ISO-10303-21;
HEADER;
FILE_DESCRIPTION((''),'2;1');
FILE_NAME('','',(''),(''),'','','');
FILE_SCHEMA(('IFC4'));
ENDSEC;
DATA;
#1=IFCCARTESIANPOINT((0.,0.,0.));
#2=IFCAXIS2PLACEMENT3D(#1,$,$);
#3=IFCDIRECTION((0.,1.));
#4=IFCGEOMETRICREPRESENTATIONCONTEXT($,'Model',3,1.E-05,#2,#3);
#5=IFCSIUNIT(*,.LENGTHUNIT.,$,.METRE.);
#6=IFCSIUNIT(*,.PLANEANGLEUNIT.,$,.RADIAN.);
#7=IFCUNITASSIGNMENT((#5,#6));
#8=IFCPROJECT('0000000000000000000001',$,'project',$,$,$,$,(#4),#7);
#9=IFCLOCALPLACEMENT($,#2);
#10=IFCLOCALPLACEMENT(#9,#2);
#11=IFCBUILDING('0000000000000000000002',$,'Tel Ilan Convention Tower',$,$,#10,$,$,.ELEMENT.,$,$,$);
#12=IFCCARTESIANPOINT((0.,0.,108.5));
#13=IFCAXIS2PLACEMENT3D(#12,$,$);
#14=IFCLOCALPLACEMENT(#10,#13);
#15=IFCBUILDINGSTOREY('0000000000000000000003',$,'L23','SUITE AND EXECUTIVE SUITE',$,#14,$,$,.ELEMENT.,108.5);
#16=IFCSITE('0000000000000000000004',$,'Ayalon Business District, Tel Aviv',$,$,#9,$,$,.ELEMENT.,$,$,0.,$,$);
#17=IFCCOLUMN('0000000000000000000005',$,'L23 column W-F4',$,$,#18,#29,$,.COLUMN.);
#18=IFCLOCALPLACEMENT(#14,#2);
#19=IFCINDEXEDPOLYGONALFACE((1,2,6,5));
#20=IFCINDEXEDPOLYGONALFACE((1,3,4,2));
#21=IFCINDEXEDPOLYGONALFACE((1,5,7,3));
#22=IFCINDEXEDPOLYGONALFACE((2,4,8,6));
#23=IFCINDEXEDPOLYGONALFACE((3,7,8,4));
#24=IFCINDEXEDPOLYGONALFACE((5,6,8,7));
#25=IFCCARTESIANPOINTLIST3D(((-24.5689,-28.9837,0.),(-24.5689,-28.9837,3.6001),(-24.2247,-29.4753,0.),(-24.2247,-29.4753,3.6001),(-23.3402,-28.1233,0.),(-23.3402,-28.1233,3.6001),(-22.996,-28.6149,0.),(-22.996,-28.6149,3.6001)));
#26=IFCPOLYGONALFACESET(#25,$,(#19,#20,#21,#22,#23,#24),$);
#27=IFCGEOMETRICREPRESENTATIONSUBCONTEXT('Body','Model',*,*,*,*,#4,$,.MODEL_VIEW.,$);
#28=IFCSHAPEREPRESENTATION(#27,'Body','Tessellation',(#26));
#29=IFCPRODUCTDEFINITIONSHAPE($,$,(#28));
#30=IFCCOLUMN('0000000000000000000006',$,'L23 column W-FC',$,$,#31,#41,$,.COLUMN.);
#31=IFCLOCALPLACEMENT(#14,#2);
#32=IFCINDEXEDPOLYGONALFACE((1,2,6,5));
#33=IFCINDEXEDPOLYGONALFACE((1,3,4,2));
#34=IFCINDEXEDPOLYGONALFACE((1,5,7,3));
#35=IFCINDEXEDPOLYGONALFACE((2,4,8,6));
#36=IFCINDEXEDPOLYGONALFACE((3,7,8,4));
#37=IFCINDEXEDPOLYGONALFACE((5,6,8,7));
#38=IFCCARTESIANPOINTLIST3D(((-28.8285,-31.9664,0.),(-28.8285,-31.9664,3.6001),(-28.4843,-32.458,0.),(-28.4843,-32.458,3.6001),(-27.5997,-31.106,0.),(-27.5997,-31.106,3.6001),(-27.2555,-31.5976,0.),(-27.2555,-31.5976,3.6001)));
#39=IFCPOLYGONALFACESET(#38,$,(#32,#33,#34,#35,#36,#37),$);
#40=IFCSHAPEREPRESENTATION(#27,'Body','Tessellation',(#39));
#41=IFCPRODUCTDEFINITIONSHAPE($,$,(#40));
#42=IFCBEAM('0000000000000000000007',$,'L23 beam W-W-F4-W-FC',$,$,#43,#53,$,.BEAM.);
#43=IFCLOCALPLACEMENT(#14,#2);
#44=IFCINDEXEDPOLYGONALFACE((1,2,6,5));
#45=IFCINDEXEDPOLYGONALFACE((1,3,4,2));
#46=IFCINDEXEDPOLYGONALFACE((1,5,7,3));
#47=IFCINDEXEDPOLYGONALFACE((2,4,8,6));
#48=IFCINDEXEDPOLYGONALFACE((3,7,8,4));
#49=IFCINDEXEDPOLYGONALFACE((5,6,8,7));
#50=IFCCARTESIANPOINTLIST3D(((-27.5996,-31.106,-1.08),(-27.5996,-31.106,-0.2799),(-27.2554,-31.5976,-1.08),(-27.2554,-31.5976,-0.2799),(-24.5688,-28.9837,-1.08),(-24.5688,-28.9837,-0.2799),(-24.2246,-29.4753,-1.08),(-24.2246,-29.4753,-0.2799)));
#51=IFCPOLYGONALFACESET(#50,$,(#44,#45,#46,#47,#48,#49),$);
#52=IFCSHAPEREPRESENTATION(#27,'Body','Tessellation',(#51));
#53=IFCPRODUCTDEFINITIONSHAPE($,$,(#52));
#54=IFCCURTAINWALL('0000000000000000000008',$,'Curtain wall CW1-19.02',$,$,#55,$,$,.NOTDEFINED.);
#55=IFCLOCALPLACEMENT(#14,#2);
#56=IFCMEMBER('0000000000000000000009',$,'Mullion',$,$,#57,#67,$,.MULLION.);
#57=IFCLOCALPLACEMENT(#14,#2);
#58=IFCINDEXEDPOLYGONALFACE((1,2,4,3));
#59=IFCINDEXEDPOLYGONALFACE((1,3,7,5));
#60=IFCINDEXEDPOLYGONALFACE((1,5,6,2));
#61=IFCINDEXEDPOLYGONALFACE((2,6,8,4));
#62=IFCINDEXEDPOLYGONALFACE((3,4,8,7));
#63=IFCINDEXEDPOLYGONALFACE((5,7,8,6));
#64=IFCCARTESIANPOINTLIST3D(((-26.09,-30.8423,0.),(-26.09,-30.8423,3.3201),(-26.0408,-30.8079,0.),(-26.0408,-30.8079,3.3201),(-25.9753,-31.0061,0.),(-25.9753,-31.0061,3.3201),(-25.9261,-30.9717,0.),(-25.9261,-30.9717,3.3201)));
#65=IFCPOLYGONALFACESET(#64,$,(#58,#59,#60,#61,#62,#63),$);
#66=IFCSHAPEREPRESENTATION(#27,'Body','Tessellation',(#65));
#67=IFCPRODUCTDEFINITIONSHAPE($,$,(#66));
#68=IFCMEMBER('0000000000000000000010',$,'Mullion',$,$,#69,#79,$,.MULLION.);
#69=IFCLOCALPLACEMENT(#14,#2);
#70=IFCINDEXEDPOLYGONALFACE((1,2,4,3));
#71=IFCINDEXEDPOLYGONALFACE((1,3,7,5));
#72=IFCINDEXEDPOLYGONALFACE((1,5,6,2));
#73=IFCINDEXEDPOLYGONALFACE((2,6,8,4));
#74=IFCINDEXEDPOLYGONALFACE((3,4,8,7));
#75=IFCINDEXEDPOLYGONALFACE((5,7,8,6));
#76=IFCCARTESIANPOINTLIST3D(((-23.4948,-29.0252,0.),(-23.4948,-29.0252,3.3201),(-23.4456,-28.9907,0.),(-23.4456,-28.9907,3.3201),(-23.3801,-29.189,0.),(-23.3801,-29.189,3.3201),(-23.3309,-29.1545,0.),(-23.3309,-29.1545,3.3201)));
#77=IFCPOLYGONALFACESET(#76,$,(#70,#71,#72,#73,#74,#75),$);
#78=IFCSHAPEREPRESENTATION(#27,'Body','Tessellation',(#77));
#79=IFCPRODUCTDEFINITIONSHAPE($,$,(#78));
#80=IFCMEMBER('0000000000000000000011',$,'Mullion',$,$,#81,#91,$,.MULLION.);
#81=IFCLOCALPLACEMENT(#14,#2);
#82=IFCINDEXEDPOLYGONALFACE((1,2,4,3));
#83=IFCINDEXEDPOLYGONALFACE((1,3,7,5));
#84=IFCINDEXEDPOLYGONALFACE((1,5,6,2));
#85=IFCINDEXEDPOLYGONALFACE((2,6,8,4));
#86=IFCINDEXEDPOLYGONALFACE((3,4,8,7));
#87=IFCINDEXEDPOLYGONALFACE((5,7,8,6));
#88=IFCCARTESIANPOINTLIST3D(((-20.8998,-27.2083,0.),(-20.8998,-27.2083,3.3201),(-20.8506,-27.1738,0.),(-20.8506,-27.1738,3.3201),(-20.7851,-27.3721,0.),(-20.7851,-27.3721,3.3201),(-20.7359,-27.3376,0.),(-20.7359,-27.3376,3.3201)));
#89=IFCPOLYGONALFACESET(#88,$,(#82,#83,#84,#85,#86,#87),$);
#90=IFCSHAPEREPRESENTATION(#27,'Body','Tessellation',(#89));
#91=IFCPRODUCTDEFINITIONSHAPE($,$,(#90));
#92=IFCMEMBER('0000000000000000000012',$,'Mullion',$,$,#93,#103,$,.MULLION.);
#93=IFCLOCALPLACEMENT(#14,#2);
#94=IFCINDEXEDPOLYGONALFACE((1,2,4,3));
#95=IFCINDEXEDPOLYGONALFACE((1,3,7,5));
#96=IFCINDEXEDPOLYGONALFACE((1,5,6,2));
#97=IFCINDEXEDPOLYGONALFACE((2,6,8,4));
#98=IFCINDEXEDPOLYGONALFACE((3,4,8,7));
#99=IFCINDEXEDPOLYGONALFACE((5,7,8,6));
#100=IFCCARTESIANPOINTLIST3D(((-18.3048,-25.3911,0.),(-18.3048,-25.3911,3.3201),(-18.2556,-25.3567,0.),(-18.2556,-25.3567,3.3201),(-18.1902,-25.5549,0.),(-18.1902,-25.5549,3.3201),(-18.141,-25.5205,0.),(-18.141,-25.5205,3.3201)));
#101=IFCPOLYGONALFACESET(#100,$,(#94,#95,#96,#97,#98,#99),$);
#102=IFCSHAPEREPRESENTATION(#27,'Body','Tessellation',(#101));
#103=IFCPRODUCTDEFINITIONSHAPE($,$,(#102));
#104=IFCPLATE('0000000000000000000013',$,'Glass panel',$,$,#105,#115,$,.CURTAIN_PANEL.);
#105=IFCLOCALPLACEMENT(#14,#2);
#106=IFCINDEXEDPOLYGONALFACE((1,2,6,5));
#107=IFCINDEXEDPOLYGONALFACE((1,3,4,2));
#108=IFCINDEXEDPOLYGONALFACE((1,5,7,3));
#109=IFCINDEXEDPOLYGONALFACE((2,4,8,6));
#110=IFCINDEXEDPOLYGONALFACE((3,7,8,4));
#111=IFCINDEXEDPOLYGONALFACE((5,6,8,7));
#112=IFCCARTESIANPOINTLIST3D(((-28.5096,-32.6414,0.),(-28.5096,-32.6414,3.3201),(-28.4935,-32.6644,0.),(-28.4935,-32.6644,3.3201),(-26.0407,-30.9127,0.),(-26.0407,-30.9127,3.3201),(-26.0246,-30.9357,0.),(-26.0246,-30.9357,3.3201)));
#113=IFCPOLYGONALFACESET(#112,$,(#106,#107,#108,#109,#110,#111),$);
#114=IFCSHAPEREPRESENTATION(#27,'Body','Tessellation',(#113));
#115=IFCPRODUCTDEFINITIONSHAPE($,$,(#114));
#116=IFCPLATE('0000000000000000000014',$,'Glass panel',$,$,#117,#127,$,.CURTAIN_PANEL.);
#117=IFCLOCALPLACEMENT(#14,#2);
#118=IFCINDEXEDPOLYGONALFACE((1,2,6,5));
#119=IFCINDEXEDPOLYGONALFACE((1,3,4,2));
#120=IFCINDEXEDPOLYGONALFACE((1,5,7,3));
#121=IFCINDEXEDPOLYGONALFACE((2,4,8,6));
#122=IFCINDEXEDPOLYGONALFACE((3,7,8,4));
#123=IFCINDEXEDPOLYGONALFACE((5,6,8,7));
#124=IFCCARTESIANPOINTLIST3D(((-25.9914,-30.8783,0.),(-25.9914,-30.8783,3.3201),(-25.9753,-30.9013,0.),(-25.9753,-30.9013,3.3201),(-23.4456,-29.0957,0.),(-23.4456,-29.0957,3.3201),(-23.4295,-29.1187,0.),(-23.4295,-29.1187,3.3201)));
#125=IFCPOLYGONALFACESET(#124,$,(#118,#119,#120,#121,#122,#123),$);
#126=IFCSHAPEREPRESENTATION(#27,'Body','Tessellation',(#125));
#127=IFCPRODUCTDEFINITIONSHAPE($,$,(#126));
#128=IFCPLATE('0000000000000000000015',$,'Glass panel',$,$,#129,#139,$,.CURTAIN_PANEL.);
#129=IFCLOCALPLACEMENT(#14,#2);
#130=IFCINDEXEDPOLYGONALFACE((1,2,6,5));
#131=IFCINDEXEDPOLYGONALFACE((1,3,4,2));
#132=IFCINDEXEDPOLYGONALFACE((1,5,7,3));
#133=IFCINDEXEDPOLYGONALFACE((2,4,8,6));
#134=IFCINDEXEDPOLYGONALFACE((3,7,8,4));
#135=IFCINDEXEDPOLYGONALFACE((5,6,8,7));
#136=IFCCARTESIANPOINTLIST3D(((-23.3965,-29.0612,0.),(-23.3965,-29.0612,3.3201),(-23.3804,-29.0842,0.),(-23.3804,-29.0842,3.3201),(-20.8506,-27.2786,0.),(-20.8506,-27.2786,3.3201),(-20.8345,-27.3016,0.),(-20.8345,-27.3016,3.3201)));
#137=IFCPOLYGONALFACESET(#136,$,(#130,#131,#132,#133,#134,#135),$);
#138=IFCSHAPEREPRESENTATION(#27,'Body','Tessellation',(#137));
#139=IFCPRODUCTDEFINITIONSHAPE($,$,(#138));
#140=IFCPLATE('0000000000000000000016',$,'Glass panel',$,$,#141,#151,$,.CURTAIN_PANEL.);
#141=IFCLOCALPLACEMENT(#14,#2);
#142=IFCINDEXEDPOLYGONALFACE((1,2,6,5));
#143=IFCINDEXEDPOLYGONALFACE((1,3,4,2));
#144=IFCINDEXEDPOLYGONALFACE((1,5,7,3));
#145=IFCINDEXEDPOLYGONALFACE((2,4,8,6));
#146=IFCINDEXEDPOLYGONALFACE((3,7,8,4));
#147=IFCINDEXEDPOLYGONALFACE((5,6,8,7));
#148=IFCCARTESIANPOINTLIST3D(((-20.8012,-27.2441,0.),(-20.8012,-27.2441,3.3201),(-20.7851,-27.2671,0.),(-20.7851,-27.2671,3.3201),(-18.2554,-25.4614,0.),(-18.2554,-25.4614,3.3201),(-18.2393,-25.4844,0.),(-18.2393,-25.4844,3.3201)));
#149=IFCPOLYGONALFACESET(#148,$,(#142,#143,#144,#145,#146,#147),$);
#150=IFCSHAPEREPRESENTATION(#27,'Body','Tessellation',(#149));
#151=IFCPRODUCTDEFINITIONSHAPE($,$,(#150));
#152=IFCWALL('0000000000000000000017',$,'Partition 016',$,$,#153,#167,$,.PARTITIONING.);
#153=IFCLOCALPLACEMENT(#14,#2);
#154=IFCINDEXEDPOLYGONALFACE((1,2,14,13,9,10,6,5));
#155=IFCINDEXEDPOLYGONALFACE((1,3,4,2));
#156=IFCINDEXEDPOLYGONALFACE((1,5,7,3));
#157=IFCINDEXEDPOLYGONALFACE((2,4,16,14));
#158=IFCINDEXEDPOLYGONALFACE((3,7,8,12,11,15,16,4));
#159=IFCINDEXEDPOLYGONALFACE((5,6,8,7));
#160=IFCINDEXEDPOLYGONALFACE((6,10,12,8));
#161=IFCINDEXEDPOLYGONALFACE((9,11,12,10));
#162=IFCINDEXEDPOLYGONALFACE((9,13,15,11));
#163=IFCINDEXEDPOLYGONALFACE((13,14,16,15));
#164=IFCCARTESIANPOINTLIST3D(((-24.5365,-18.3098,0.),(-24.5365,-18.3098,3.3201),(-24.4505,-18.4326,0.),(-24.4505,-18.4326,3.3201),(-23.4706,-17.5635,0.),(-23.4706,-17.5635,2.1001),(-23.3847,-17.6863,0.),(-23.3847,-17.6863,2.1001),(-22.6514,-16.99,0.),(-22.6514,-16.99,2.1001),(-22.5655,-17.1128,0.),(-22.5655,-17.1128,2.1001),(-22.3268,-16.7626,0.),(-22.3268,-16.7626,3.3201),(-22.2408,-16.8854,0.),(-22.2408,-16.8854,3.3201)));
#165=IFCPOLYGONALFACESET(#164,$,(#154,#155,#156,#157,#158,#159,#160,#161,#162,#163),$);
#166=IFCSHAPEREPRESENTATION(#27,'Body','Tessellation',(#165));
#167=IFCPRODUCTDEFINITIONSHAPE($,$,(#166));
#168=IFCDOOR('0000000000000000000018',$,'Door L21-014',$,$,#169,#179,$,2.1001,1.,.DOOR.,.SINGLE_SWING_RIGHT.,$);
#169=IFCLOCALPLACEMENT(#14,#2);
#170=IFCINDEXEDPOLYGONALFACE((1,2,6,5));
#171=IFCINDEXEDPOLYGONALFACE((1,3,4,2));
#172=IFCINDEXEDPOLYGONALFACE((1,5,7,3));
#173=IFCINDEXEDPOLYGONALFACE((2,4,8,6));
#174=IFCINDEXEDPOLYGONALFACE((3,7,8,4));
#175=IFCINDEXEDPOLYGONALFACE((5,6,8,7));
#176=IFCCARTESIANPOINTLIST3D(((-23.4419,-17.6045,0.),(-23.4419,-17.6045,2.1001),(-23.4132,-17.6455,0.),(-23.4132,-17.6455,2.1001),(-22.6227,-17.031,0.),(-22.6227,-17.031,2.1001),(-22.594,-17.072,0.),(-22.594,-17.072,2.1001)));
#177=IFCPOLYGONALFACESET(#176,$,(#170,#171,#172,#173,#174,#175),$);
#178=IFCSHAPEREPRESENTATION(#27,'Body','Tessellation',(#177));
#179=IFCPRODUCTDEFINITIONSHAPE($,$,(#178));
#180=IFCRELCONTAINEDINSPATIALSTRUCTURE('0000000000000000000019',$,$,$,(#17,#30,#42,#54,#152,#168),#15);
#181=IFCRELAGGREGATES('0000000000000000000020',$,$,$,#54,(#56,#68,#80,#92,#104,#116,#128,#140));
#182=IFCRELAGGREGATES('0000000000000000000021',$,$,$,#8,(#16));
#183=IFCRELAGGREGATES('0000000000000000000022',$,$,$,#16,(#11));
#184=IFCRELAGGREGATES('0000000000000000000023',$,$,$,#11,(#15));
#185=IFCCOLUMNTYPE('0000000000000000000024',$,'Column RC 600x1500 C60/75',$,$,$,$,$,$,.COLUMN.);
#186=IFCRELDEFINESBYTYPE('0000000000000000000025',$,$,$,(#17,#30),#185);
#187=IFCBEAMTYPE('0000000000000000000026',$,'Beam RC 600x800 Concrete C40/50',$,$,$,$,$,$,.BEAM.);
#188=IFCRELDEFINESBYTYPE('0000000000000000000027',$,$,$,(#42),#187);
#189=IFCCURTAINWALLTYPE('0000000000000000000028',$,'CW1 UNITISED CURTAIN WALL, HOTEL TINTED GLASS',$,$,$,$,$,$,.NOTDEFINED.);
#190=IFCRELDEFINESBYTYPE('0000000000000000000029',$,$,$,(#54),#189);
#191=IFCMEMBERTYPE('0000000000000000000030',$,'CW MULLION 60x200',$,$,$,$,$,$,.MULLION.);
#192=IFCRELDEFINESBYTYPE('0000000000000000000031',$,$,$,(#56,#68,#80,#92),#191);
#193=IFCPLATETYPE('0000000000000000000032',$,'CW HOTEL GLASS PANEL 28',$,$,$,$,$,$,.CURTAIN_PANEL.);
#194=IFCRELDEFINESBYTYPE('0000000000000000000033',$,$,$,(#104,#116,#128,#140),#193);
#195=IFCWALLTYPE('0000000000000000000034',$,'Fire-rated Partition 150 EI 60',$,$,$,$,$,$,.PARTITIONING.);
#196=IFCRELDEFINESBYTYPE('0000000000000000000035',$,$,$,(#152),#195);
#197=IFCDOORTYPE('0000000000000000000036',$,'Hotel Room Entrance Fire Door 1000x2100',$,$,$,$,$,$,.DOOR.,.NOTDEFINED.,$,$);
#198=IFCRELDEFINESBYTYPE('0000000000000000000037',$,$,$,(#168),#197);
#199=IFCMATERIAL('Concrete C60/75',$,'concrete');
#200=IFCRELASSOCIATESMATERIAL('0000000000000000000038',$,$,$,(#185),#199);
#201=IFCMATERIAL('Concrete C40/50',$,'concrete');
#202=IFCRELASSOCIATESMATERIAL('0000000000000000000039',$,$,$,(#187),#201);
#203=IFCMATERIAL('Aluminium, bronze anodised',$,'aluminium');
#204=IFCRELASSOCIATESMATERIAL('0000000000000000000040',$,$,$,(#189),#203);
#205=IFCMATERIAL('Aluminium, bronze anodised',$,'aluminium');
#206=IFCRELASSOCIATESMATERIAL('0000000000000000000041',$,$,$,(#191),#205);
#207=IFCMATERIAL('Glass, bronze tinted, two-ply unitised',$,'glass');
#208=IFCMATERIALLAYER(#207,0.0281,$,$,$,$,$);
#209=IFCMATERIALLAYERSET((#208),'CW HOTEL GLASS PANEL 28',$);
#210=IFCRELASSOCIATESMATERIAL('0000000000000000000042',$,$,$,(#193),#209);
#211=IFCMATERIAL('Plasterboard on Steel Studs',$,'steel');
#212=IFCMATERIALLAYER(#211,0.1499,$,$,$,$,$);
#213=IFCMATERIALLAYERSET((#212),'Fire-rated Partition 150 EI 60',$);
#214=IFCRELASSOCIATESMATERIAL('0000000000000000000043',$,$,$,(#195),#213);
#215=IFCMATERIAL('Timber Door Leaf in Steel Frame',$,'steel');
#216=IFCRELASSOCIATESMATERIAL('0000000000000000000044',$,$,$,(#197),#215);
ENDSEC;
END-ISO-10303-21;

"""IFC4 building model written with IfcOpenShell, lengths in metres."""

from ifc_helpers import new_model, si_unit, direction, frame, frame_2d, origin, origin_2d, place, context, subcontext, project, spatial, rectangle, extrude, material, layer, layer_set, material_profile, profile_set, type_object, element, fill, aggregate, save


model = new_model("IFC4")

# Units and contexts
model_context = context("Model", 3, precision=1e-05, world=origin(), true_north=direction((0.0, 1.0)))
body_context = subcontext(model_context, "Body", "Model", "MODEL_VIEW")
ifc_project = project(units=[si_unit("LENGTHUNIT", "METRE"), si_unit("PLANEANGLEUNIT", "RADIAN")], contexts=[model_context])

# Site, building, storey
site_placement = place(None, origin())
site = spatial("IfcSite", under=ifc_project, at=site_placement, Name="Ayalon Business District, Tel Aviv", CompositionType="ELEMENT", RefElevation=0.0)
building_placement = place(site_placement, origin())
building = spatial("IfcBuilding", under=site, at=building_placement, Name="Tel Ilan Convention Tower", CompositionType="ELEMENT")
storey_placement = place(building_placement, frame((0.0, 0.0, 108.5)))
storey = spatial("IfcBuildingStorey", under=building, at=storey_placement, Name="L23", Description="SUITE AND EXECUTIVE SUITE", CompositionType="ELEMENT", Elevation=108.5)

# Columns
ifc_material_1 = material(Name="Concrete C60/75", Category="concrete")
ifc_material_profile_1 = material_profile(ifc_material_1, rectangle(XDim=1.5, YDim=0.6001, at=origin_2d()), Name="RC 600x1500")
ifc_profile_set_1 = profile_set([ifc_material_profile_1], Name="Concrete C60/75")
column_type = type_object("IfcColumnType", Name="Column RC 600x1500 C60/75", PredefinedType="COLUMN", material=ifc_profile_set_1)
for number, where, z_axis, x_axis, name in (
    (1, (-23.7825, -28.7993, 0.0), (0.0, 0.0, 1.0), (-0.819152, -0.573576, 0.0), "L23 column W-F4"),
    (2, (-28.042, -31.782, 0.0), (0.0, 0.0, 1.0), (-0.819152, -0.573576, 0.0), "L23 column W-FC"),
):
    element("IfcColumn", number, at=place(storey_placement, frame(where, z_axis=z_axis, x_axis=x_axis)), inside=storey, type_object=column_type, Name=name, PredefinedType="COLUMN", context=body_context, shape_type="SweptSolid", body=[
        extrude(rectangle(XDim=1.5, YDim=0.6001, at=origin_2d()), origin(), (0.0, 0.0, 1.0), 3.6001),
    ])

# Beam
ifc_material_2 = material(Name="Concrete C40/50", Category="concrete")
ifc_material_profile_2 = material_profile(ifc_material_2, rectangle(XDim=0.6001, YDim=0.8, at=origin_2d()), Name="RC 600x800")
ifc_profile_set_2 = profile_set([ifc_material_profile_2], Name="Concrete C40/50")
beam_type = type_object("IfcBeamType", Name="Beam RC 600x800 Concrete C40/50", PredefinedType="BEAM", material=ifc_profile_set_2)
beam_placement = place(storey_placement, frame((-24.3967, -29.2295, -0.6799), z_axis=(-0.819133, -0.573604, 0.0), x_axis=(0.573604, -0.819133, 0.0)))
element("IfcBeam", 3, at=beam_placement, inside=storey, type_object=beam_type, Name="L23 beam W-W-F4-W-FC", PredefinedType="BEAM", context=body_context, shape_type="SweptSolid", body=[
    extrude(rectangle(XDim=0.6001, YDim=0.8, at=origin_2d()), origin(), (0.0, 0.0, 1.0), 3.7),
])

# Curtain wall, members, plates
ifc_material_3 = material(Name="Aluminium, bronze anodised", Category="aluminium")
curtain_wall_type = type_object("IfcCurtainWallType", Name="CW1 UNITISED CURTAIN WALL, HOTEL TINTED GLASS", PredefinedType="NOTDEFINED", material=ifc_material_3)
curtain_wall_placement = place(storey_placement, origin())
curtain_wall = element("IfcCurtainWall", 4, at=curtain_wall_placement, inside=storey, type_object=curtain_wall_type, Name="Curtain wall CW1-19.02", PredefinedType="NOTDEFINED")
ifc_material_4 = material(Name="Aluminium, bronze anodised", Category="aluminium")
ifc_material_profile_3 = material_profile(ifc_material_4, rectangle(XDim=0.0601, YDim=0.2, at=origin_2d()), Name="CW MULLION 60x200")
ifc_profile_set_3 = profile_set([ifc_material_profile_3], Name="Aluminium, bronze anodised")
member_type = type_object("IfcMemberType", Name="CW MULLION 60x200", PredefinedType="MULLION", material=ifc_profile_set_3)
member_1_placement = place(storey_placement, frame((-26.0081, -30.907, 0.0), z_axis=(0.0, 0.0, 1.0), x_axis=(0.819152, 0.573576, 0.0)))
member_1 = element("IfcMember", 5, at=member_1_placement, type_object=member_type, Name="Mullion", PredefinedType="MULLION", context=body_context, shape_type="SweptSolid", body=[
    extrude(rectangle(XDim=0.0601, YDim=0.2, at=origin_2d()), origin(), (0.0, 0.0, 1.0), 3.3201),
])
member_2_placement = place(storey_placement, frame((-23.4128, -29.0898, 0.0), z_axis=(0.0, 0.0, 1.0), x_axis=(0.819152, 0.573576, 0.0)))
member_2 = element("IfcMember", 6, at=member_2_placement, type_object=member_type, Name="Mullion", PredefinedType="MULLION", context=body_context, shape_type="SweptSolid", body=[
    extrude(rectangle(XDim=0.0601, YDim=0.2, at=origin_2d()), origin(), (0.0, 0.0, 1.0), 3.3201),
])
member_3_placement = place(storey_placement, frame((-20.8179, -27.2729, 0.0), z_axis=(0.0, 0.0, 1.0), x_axis=(0.819152, 0.573576, 0.0)))
member_3 = element("IfcMember", 7, at=member_3_placement, type_object=member_type, Name="Mullion", PredefinedType="MULLION", context=body_context, shape_type="SweptSolid", body=[
    extrude(rectangle(XDim=0.0601, YDim=0.2, at=origin_2d()), origin(), (0.0, 0.0, 1.0), 3.3201),
])
member_4_placement = place(storey_placement, frame((-18.2229, -25.4558, 0.0), z_axis=(0.0, 0.0, 1.0), x_axis=(0.819152, 0.573576, 0.0)))
member_4 = element("IfcMember", 8, at=member_4_placement, type_object=member_type, Name="Mullion", PredefinedType="MULLION", context=body_context, shape_type="SweptSolid", body=[
    extrude(rectangle(XDim=0.0601, YDim=0.2, at=origin_2d()), origin(), (0.0, 0.0, 1.0), 3.3201),
])
ifc_material_5 = material(Name="Glass, bronze tinted, two-ply unitised", Category="glass")
ifc_layer_1 = layer(ifc_material_5, 0.0281)
ifc_layer_set_1 = layer_set([ifc_layer_1], Name="CW HOTEL GLASS PANEL 28")
plate_type = type_object("IfcPlateType", Name="CW HOTEL GLASS PANEL 28", PredefinedType="CURTAIN_PANEL", material=ifc_layer_set_1)
plate_1_placement = place(storey_placement, frame((-27.2671, -31.7886, 0.0), z_axis=(0.0, 0.0, 1.0), x_axis=(0.819152, 0.573576, 0.0)))
plate_1 = element("IfcPlate", 9, at=plate_1_placement, type_object=plate_type, Name="Glass panel", PredefinedType="CURTAIN_PANEL", context=body_context, shape_type="SweptSolid", body=[
    extrude(rectangle(XDim=3.0139, YDim=0.0281, at=origin_2d()), origin(), (0.0, 0.0, 1.0), 3.3201),
])
plate_2_placement = place(storey_placement, frame((-24.7104, -29.9985, 0.0), z_axis=(0.0, 0.0, 1.0), x_axis=(0.819152, 0.573576, 0.0)))
plate_2 = element("IfcPlate", 10, at=plate_2_placement, type_object=plate_type, Name="Glass panel", PredefinedType="CURTAIN_PANEL", context=body_context, shape_type="SweptSolid", body=[
    extrude(rectangle(XDim=3.1079, YDim=0.0281, at=origin_2d()), origin(), (0.0, 0.0, 1.0), 3.3201),
])
plate_3_placement = place(storey_placement, frame((-22.1155, -28.1814, 0.0), z_axis=(0.0, 0.0, 1.0), x_axis=(0.819152, 0.573576, 0.0)))
plate_3 = element("IfcPlate", 11, at=plate_3_placement, type_object=plate_type, Name="Glass panel", PredefinedType="CURTAIN_PANEL", context=body_context, shape_type="SweptSolid", body=[
    extrude(rectangle(XDim=3.1079, YDim=0.0281, at=origin_2d()), origin(), (0.0, 0.0, 1.0), 3.3201),
])
plate_4_placement = place(storey_placement, frame((-19.5203, -26.3643, 0.0), z_axis=(0.0, 0.0, 1.0), x_axis=(0.819152, 0.573576, 0.0)))
plate_4 = element("IfcPlate", 12, at=plate_4_placement, type_object=plate_type, Name="Glass panel", PredefinedType="CURTAIN_PANEL", context=body_context, shape_type="SweptSolid", body=[
    extrude(rectangle(XDim=3.1079, YDim=0.0281, at=origin_2d()), origin(), (0.0, 0.0, 1.0), 3.3201),
])
aggregate(curtain_wall, [member_1, member_2, member_3, member_4, plate_1, plate_2, plate_3, plate_4])

# Wall, opening, door
ifc_material_6 = material(Name="Plasterboard on Steel Studs", Category="steel")
ifc_layer_2 = layer(ifc_material_6, 0.1499)
ifc_layer_set_2 = layer_set([ifc_layer_2], Name="Fire-rated Partition 150 EI 60")
wall_type_1 = type_object("IfcWallType", Name="Fire-rated Partition 150 EI 60", PredefinedType="PARTITIONING", material=ifc_layer_set_2)
wall_1_placement = place(storey_placement, frame((-24.4934, -18.3711, 0.0), z_axis=(0.0, 0.0, 1.0), x_axis=(0.819177, 0.573541, 0.0)))
wall_1 = element("IfcWall", 13, at=wall_1_placement, inside=storey, type_object=wall_type_1, Name="Partition 016", PredefinedType="PARTITIONING", context=body_context, shape_type="SweptSolid", body=[
    extrude(rectangle(XDim=2.6975, YDim=0.1499, at=frame_2d((1.3486, 0.0))), origin(), (0.0, 0.0, 1.0), 3.3201),
])
opening_1_placement = place(wall_1_placement, frame((1.301, 0.0, 0.0)))
opening_1 = element("IfcOpeningElement", 14, at=opening_1_placement, cuts=wall_1, PredefinedType="OPENING", context=body_context, shape_type="SweptSolid", body=[
    extrude(rectangle(XDim=1.0, YDim=2.1001, at=frame_2d((0.5, 1.05))), frame((0.0, 0.085, 0.0), z_axis=(0.0, -1.0, 0.0), x_axis=(1.0, 0.0, 0.0)), (0.0, 0.0, 1.0), 0.1699),
])
ifc_material_7 = material(Name="Timber Door Leaf in Steel Frame", Category="steel")
door_type_1 = type_object("IfcDoorType", Name="Hotel Room Entrance Fire Door 1000x2100", OperationType="NOTDEFINED", PredefinedType="DOOR", material=ifc_material_7)
door_1_placement = place(opening_1_placement, origin())
door_1 = element("IfcDoor", 15, at=door_1_placement, inside=storey, type_object=door_type_1, Name="Door L21-014", OperationType="SINGLE_SWING_RIGHT", OverallHeight=2.1001, OverallWidth=1.0, PredefinedType="DOOR", context=body_context, shape_type="SweptSolid", body=[
    extrude(rectangle(XDim=1.0, YDim=2.1001, at=frame_2d((0.5, 1.05))), frame((0.0, 0.0249, 0.0), z_axis=(0.0, -1.0, 0.0), x_axis=(1.0, 0.0, 0.0)), (0.0, 0.0, 1.0), 0.05),
])
fill(opening_1, door_1)

save(model, "model.ifc")
